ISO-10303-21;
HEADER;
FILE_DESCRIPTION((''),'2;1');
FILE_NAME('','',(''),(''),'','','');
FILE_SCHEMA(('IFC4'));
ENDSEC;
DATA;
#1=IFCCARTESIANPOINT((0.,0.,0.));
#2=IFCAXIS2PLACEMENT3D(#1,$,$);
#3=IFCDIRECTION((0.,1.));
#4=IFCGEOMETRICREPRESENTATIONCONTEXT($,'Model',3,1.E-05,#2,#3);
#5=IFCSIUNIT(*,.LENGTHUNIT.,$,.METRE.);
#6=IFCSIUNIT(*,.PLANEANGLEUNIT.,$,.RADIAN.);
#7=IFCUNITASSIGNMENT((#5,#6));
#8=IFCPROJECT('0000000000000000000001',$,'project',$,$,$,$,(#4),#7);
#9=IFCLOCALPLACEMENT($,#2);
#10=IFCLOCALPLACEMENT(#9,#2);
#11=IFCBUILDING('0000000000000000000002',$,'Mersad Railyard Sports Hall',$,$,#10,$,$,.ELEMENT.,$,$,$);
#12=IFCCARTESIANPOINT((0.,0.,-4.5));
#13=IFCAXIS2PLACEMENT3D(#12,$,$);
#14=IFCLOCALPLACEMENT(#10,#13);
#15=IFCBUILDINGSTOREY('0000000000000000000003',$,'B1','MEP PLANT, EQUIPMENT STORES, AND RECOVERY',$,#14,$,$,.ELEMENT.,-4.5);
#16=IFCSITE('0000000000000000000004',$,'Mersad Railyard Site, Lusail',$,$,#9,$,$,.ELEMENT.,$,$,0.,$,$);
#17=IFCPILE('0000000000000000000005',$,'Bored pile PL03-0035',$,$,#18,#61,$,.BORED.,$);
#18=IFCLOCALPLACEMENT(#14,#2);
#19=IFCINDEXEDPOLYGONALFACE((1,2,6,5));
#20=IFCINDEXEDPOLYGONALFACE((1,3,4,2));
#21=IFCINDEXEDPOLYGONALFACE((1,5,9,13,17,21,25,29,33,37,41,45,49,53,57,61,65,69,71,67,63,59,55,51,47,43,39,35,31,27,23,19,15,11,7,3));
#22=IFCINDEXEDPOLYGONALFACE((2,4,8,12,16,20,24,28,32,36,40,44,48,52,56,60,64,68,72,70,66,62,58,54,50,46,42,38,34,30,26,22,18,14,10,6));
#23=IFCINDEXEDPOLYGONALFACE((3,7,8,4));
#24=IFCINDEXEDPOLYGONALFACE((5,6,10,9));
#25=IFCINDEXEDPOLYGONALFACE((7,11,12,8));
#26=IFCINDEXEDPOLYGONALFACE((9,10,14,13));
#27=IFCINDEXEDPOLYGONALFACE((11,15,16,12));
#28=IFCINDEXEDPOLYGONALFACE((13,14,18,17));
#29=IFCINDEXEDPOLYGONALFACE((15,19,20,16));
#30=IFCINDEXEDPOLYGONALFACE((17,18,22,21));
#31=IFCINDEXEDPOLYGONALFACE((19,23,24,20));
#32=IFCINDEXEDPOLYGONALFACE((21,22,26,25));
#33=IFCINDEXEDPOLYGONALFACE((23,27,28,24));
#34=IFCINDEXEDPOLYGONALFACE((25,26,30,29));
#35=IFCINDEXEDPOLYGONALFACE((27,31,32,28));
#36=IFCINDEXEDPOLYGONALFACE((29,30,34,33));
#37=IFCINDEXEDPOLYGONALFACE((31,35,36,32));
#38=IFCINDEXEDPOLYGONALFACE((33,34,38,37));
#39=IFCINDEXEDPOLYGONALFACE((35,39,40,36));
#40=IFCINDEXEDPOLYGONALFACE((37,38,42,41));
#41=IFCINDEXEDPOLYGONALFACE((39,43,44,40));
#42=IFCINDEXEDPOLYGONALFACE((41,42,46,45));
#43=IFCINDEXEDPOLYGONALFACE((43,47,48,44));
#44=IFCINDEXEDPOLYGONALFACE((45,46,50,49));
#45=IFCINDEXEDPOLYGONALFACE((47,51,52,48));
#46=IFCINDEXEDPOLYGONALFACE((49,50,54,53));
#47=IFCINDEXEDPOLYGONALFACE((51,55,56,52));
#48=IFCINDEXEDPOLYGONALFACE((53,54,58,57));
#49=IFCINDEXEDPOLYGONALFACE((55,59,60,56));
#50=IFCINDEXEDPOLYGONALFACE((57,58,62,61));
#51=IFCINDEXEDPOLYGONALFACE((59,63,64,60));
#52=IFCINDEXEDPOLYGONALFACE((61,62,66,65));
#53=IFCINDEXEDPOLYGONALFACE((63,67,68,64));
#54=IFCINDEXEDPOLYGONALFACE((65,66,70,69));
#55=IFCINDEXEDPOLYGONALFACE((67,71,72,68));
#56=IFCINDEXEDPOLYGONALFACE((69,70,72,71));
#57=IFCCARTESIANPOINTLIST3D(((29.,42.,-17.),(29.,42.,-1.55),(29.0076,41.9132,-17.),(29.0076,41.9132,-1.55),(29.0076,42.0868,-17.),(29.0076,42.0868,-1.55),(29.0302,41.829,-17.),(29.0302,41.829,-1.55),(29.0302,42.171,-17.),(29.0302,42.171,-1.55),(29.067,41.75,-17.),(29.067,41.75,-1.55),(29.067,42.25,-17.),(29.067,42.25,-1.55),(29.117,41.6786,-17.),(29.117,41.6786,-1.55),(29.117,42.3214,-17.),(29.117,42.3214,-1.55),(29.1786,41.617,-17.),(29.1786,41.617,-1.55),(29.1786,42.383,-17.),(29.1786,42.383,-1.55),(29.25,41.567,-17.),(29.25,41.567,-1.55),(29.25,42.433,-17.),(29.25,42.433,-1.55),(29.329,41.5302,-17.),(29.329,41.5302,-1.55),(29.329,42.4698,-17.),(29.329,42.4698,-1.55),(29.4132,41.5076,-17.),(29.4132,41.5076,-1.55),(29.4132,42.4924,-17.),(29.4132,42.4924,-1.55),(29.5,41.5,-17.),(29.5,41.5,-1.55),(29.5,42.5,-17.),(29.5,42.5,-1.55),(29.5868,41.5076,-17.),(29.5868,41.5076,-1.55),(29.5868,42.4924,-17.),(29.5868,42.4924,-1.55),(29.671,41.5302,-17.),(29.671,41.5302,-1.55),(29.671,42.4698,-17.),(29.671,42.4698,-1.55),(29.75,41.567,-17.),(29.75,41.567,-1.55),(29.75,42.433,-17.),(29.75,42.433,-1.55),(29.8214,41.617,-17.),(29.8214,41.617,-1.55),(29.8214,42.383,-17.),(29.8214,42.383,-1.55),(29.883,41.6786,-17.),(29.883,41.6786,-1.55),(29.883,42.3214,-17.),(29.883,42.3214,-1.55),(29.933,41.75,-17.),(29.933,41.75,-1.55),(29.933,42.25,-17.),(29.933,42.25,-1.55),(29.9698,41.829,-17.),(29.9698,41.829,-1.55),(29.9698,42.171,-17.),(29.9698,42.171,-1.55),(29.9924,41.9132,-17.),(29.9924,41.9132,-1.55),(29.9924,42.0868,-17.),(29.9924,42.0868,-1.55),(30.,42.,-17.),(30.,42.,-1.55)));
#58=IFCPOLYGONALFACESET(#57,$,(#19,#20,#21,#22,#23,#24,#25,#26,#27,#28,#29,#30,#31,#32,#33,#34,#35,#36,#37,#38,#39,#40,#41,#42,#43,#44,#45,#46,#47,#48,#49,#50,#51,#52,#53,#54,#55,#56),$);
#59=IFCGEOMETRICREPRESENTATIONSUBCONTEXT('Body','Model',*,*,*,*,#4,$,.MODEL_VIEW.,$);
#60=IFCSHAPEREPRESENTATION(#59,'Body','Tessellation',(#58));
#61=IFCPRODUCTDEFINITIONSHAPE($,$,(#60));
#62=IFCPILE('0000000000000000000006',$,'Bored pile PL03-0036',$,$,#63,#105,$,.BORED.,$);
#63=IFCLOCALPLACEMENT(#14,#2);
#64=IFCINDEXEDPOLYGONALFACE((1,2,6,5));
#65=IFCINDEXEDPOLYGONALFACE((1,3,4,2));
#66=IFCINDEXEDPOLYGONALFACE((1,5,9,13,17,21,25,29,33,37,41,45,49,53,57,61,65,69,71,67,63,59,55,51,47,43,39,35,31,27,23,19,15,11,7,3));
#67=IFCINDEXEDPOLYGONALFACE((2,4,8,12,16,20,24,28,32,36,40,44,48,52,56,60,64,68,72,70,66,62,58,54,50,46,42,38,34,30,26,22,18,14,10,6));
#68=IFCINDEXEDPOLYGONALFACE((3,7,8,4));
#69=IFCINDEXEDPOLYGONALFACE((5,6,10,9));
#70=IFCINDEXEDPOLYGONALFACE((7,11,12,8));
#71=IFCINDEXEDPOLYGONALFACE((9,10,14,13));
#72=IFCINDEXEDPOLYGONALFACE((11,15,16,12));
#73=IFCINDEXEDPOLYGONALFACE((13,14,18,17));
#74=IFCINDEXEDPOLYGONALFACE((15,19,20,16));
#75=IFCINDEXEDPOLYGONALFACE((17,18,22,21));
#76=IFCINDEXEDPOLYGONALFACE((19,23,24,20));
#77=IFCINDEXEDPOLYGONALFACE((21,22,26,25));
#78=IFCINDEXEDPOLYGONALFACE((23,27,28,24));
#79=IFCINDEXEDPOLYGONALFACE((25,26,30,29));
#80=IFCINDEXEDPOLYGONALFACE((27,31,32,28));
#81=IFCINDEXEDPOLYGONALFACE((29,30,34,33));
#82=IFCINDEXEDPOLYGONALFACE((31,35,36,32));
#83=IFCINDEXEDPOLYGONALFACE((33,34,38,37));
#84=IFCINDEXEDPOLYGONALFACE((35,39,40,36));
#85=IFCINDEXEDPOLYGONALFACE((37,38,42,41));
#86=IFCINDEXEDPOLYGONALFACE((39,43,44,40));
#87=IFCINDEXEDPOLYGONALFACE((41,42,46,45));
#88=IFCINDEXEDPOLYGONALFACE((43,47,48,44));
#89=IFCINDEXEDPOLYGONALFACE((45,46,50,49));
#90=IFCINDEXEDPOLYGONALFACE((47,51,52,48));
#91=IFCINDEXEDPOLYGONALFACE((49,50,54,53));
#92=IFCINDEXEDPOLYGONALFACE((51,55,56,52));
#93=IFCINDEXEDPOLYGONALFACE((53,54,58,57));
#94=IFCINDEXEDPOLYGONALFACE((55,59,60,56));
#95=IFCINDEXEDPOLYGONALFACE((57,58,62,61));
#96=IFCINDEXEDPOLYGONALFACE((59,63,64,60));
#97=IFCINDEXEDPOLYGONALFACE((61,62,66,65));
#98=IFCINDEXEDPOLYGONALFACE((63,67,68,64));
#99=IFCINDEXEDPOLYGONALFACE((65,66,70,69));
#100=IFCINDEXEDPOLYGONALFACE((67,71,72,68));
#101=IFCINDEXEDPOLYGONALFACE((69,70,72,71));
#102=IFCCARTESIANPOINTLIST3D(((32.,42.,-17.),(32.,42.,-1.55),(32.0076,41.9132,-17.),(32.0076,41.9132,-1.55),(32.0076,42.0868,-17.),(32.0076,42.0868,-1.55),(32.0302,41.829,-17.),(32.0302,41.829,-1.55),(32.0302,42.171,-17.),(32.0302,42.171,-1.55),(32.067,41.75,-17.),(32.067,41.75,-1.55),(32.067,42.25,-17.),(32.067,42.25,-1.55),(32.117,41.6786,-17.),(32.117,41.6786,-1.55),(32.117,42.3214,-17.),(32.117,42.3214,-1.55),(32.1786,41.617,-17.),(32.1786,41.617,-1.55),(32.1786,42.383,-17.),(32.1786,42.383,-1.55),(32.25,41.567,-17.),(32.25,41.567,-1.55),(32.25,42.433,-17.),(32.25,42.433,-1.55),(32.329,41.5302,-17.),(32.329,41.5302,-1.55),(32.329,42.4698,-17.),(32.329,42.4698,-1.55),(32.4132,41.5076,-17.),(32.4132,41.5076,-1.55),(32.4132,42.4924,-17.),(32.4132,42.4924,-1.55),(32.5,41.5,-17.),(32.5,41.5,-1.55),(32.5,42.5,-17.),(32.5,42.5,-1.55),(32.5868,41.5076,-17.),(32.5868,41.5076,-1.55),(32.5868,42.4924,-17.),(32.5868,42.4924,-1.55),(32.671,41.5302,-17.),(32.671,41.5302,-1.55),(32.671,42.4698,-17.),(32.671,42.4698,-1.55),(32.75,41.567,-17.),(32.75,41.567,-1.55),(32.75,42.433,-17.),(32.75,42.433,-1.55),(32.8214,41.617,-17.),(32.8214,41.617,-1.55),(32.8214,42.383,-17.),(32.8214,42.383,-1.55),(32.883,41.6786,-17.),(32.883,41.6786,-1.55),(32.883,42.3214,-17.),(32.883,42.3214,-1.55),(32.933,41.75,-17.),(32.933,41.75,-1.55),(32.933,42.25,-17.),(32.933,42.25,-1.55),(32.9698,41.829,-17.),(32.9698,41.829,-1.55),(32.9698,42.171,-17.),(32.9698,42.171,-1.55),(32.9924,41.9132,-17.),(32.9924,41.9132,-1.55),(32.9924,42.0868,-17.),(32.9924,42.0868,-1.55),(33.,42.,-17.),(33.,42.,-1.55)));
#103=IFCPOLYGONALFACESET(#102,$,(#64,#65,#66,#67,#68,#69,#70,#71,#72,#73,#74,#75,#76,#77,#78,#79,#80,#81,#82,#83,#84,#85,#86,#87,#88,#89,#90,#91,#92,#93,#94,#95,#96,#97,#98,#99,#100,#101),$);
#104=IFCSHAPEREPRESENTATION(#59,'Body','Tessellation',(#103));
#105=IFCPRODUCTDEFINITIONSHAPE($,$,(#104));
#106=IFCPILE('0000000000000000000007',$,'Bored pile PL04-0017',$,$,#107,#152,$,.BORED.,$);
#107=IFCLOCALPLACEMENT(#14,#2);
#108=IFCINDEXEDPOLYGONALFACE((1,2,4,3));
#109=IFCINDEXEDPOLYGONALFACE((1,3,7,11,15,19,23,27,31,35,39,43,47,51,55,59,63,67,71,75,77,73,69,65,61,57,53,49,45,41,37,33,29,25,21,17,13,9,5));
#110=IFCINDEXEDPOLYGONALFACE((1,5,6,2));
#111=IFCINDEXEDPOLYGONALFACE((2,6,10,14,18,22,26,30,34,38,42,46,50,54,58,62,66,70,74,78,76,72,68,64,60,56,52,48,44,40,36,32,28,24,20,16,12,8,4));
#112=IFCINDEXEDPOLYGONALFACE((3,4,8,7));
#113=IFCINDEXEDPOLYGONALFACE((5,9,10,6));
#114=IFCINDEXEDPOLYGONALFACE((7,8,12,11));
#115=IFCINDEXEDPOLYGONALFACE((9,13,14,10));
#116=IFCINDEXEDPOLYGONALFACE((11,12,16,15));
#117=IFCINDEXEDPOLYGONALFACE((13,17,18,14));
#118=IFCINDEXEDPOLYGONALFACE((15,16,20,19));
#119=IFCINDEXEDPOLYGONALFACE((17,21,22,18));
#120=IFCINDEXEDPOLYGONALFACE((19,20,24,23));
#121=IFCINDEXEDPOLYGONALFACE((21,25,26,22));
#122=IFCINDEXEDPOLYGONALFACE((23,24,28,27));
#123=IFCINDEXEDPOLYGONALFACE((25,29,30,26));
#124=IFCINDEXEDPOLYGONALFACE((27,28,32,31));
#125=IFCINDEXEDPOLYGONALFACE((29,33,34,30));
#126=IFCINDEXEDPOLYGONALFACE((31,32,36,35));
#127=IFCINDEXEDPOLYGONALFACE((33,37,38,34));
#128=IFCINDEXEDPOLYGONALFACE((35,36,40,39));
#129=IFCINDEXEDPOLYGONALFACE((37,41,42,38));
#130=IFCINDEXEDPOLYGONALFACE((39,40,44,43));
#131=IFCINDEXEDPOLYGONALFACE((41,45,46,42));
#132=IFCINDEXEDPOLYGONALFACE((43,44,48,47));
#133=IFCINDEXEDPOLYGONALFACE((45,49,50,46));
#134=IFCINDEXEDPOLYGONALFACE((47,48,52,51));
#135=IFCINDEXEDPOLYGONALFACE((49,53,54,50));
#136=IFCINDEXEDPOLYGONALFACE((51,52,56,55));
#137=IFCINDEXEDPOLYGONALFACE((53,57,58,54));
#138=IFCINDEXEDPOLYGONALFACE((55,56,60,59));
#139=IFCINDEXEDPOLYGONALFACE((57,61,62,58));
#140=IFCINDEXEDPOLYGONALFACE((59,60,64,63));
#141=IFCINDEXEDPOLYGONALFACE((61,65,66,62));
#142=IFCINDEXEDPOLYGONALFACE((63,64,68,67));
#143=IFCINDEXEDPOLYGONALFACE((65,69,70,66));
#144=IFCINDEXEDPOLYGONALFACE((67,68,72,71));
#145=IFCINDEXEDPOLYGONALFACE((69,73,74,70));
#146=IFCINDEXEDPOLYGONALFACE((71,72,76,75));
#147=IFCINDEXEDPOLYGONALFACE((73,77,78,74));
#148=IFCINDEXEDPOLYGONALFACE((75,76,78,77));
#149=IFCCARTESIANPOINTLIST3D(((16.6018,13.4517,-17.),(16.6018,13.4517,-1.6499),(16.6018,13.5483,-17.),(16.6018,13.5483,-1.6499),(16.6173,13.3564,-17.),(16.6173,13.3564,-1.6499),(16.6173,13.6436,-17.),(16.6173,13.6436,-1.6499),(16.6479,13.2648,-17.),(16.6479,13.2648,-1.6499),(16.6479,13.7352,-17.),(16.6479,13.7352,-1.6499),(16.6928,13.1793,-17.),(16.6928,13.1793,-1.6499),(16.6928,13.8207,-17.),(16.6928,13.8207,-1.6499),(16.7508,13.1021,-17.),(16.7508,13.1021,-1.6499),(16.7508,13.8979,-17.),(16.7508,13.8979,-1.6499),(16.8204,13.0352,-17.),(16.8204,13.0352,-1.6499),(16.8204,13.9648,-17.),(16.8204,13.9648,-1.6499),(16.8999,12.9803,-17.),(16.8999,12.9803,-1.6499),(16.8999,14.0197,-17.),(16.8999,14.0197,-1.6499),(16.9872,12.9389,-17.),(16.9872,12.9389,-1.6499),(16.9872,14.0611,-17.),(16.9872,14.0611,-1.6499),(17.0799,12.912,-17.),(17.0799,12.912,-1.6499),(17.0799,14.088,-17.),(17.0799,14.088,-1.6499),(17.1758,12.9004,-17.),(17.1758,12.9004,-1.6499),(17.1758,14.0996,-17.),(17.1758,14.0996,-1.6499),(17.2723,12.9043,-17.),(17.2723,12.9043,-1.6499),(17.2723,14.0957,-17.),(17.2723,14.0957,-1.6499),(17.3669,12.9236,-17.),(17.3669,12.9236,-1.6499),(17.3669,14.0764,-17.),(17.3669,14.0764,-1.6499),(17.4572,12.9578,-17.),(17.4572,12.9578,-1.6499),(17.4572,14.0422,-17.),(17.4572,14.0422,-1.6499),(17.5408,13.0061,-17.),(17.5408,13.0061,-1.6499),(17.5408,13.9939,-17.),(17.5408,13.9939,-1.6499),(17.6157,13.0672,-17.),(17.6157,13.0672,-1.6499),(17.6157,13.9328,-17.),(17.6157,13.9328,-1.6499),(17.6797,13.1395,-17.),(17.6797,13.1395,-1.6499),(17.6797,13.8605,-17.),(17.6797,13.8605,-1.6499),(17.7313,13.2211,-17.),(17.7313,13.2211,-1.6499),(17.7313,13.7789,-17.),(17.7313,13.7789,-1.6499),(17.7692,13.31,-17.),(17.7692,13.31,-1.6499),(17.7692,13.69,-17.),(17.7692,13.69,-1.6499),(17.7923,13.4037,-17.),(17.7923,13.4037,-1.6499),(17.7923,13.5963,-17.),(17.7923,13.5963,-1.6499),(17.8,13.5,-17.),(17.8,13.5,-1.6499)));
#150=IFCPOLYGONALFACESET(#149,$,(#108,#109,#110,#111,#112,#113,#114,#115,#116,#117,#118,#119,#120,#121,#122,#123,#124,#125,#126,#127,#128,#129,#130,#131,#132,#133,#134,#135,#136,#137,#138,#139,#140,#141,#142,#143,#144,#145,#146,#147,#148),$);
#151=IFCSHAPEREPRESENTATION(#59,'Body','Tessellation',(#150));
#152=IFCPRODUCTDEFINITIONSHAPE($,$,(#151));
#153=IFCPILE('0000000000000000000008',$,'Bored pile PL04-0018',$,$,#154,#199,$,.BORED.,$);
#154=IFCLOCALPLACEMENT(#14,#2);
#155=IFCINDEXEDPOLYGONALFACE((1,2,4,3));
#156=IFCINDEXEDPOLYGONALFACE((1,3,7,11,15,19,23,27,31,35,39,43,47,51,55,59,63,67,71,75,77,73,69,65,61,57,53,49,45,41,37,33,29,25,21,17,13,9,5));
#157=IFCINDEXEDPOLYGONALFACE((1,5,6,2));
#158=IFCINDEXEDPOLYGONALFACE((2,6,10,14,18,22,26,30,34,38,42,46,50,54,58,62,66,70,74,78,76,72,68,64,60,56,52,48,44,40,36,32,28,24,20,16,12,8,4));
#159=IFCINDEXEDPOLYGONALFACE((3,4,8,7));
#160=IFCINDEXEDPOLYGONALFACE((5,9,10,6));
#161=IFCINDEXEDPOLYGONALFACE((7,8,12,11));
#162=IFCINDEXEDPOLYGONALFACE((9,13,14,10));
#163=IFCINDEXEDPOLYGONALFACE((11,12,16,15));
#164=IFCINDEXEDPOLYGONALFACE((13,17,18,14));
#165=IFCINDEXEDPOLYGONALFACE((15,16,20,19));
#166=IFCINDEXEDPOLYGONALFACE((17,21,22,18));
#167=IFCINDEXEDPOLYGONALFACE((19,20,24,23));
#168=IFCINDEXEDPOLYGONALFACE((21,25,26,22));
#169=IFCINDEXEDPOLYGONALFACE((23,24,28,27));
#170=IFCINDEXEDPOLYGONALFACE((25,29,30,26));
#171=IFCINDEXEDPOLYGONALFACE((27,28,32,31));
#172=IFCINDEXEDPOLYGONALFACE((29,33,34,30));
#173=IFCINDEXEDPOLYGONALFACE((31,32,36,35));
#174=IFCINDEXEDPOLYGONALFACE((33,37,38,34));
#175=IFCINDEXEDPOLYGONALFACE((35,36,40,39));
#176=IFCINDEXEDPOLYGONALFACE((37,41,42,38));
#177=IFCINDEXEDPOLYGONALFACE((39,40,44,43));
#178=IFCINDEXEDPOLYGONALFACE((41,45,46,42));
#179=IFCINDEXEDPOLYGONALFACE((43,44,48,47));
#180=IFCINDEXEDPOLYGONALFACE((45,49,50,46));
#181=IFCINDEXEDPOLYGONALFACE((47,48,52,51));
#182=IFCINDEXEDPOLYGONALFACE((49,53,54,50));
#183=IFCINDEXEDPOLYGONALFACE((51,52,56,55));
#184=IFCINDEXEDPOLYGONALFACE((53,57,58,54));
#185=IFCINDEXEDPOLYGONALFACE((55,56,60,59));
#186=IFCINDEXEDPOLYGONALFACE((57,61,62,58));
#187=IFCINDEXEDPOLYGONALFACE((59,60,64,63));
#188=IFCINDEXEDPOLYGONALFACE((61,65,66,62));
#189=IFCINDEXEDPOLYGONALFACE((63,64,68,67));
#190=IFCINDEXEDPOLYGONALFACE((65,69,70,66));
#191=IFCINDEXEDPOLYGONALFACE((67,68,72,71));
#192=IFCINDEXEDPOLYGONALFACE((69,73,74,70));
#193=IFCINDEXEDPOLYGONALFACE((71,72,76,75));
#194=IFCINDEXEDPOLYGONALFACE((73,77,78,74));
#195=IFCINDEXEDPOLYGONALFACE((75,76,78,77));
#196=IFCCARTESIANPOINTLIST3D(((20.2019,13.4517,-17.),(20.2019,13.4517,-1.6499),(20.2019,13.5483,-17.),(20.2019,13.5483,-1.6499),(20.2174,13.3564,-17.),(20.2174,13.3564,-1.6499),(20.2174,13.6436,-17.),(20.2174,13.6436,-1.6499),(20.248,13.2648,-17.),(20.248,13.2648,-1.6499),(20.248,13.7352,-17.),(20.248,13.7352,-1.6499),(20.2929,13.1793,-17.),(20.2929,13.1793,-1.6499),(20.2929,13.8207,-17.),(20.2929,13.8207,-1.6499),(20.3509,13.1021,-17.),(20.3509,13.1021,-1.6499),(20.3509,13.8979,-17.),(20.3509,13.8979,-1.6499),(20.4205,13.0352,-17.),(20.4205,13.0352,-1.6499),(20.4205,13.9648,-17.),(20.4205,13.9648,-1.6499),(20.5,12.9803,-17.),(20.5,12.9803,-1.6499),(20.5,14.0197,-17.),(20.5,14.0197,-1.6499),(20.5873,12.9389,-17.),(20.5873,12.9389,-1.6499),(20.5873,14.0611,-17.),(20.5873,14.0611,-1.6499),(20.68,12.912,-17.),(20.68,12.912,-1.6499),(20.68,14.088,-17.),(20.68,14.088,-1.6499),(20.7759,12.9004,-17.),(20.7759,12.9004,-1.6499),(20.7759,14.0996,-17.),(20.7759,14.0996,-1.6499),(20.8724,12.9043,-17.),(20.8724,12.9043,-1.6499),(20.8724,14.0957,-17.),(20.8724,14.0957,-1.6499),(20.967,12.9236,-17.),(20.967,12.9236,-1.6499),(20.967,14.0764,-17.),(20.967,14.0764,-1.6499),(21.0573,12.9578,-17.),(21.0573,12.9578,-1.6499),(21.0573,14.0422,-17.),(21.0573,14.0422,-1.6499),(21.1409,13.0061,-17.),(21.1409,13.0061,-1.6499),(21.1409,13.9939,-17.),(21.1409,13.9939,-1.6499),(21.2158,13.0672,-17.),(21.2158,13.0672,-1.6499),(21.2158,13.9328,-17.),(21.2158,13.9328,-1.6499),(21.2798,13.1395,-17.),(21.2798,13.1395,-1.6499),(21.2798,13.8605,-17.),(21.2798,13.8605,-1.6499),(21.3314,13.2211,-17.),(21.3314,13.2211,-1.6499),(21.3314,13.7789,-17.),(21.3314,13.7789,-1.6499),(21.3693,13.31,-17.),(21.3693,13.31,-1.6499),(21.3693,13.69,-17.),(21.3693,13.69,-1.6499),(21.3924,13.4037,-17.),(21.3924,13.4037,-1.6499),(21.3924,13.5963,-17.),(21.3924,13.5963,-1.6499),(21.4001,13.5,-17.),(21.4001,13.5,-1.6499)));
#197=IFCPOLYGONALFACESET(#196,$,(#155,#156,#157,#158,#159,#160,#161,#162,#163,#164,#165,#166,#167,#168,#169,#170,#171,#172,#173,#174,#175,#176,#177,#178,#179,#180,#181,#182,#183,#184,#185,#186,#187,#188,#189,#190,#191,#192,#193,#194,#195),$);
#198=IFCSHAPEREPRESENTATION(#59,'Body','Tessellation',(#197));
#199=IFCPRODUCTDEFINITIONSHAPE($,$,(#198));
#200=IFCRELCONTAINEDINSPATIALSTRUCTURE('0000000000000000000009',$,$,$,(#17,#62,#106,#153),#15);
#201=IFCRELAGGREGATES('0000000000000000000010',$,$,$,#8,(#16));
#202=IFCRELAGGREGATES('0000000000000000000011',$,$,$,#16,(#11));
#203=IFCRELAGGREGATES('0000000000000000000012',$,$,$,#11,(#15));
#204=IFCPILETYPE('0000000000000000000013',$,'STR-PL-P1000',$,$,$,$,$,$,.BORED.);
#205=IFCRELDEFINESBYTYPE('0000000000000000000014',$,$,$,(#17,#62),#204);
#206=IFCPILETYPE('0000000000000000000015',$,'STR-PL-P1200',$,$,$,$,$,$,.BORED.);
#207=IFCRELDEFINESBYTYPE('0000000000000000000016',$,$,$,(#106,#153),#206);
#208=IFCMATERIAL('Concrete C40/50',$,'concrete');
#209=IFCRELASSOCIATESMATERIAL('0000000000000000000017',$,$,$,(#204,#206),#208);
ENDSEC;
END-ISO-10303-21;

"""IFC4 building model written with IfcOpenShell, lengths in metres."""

from ifc_helpers import new_model, si_unit, direction, frame, origin, origin_2d, place, context, subcontext, project, spatial, circle, extrude, material, material_profile, profile_set, type_object, element, save


model = new_model("IFC4")

# Units and contexts
model_context = context("Model", 3, precision=1e-05, world=origin(), true_north=direction((0.0, 1.0)))
body_context = subcontext(model_context, "Body", "Model", "MODEL_VIEW")
ifc_project = project(units=[si_unit("LENGTHUNIT", "METRE"), si_unit("PLANEANGLEUNIT", "RADIAN")], contexts=[model_context])

# Site, building, storey
site_placement = place(None, origin())
site = spatial("IfcSite", under=ifc_project, at=site_placement, Name="Mersad Railyard Site, Lusail", CompositionType="ELEMENT", RefElevation=0.0)
building_placement = place(site_placement, origin())
building = spatial("IfcBuilding", under=site, at=building_placement, Name="Mersad Railyard Sports Hall", CompositionType="ELEMENT")
storey_placement = place(building_placement, frame((0.0, 0.0, -4.5)))
storey = spatial("IfcBuildingStorey", under=building, at=storey_placement, Name="B1", Description="MEP PLANT, EQUIPMENT STORES, AND RECOVERY", CompositionType="ELEMENT", Elevation=-4.5)

# Shared definitions
ifc_material_1 = material(Name="Concrete C40/50", Category="concrete")

# Piles
ifc_material_profile_1 = material_profile(ifc_material_1, circle(Radius=0.5, at=origin_2d()), Name="BORED PILE D1000")
ifc_profile_set_1 = profile_set([ifc_material_profile_1], Name="Concrete C40/50")
pile_type_1 = type_object("IfcPileType", Name="STR-PL-P1000", PredefinedType="BORED", material=ifc_profile_set_1)
for number, where, z_axis, x_axis, name in (
    (1, (29.5, 42.0, -1.55), (0.0, 0.0, -1.0), (1.0, 0.0, 0.0), "Bored pile PL03-0035"),
    (2, (32.5, 42.0, -1.55), (0.0, 0.0, -1.0), (1.0, 0.0, 0.0), "Bored pile PL03-0036"),
):
    element("IfcPile", number, at=place(storey_placement, frame(where, z_axis=z_axis, x_axis=x_axis)), inside=storey, type_object=pile_type_1, Name=name, PredefinedType="BORED", context=body_context, shape_type="SweptSolid", body=[
        extrude(circle(Radius=0.5, at=origin_2d()), origin(), (0.0, 0.0, 1.0), 15.45),
    ])
ifc_material_profile_2 = material_profile(ifc_material_1, circle(Radius=0.6001, at=origin_2d()), Name="BORED PILE D1200")
ifc_profile_set_2 = profile_set([ifc_material_profile_2], Name="Concrete C40/50")
pile_type_2 = type_object("IfcPileType", Name="STR-PL-P1200", PredefinedType="BORED", material=ifc_profile_set_2)
for number, where, z_axis, x_axis, name in (
    (3, (17.2, 13.5, -1.6499), (0.0, 0.0, -1.0), (1.0, 0.0, 0.0), "Bored pile PL04-0017"),
    (4, (20.8, 13.5, -1.6499), (0.0, 0.0, -1.0), (1.0, 0.0, 0.0), "Bored pile PL04-0018"),
):
    element("IfcPile", number, at=place(storey_placement, frame(where, z_axis=z_axis, x_axis=x_axis)), inside=storey, type_object=pile_type_2, Name=name, PredefinedType="BORED", context=body_context, shape_type="SweptSolid", body=[
        extrude(circle(Radius=0.6001, at=origin_2d()), origin(), (0.0, 0.0, 1.0), 15.3501),
    ])

save(model, "model.ifc")
